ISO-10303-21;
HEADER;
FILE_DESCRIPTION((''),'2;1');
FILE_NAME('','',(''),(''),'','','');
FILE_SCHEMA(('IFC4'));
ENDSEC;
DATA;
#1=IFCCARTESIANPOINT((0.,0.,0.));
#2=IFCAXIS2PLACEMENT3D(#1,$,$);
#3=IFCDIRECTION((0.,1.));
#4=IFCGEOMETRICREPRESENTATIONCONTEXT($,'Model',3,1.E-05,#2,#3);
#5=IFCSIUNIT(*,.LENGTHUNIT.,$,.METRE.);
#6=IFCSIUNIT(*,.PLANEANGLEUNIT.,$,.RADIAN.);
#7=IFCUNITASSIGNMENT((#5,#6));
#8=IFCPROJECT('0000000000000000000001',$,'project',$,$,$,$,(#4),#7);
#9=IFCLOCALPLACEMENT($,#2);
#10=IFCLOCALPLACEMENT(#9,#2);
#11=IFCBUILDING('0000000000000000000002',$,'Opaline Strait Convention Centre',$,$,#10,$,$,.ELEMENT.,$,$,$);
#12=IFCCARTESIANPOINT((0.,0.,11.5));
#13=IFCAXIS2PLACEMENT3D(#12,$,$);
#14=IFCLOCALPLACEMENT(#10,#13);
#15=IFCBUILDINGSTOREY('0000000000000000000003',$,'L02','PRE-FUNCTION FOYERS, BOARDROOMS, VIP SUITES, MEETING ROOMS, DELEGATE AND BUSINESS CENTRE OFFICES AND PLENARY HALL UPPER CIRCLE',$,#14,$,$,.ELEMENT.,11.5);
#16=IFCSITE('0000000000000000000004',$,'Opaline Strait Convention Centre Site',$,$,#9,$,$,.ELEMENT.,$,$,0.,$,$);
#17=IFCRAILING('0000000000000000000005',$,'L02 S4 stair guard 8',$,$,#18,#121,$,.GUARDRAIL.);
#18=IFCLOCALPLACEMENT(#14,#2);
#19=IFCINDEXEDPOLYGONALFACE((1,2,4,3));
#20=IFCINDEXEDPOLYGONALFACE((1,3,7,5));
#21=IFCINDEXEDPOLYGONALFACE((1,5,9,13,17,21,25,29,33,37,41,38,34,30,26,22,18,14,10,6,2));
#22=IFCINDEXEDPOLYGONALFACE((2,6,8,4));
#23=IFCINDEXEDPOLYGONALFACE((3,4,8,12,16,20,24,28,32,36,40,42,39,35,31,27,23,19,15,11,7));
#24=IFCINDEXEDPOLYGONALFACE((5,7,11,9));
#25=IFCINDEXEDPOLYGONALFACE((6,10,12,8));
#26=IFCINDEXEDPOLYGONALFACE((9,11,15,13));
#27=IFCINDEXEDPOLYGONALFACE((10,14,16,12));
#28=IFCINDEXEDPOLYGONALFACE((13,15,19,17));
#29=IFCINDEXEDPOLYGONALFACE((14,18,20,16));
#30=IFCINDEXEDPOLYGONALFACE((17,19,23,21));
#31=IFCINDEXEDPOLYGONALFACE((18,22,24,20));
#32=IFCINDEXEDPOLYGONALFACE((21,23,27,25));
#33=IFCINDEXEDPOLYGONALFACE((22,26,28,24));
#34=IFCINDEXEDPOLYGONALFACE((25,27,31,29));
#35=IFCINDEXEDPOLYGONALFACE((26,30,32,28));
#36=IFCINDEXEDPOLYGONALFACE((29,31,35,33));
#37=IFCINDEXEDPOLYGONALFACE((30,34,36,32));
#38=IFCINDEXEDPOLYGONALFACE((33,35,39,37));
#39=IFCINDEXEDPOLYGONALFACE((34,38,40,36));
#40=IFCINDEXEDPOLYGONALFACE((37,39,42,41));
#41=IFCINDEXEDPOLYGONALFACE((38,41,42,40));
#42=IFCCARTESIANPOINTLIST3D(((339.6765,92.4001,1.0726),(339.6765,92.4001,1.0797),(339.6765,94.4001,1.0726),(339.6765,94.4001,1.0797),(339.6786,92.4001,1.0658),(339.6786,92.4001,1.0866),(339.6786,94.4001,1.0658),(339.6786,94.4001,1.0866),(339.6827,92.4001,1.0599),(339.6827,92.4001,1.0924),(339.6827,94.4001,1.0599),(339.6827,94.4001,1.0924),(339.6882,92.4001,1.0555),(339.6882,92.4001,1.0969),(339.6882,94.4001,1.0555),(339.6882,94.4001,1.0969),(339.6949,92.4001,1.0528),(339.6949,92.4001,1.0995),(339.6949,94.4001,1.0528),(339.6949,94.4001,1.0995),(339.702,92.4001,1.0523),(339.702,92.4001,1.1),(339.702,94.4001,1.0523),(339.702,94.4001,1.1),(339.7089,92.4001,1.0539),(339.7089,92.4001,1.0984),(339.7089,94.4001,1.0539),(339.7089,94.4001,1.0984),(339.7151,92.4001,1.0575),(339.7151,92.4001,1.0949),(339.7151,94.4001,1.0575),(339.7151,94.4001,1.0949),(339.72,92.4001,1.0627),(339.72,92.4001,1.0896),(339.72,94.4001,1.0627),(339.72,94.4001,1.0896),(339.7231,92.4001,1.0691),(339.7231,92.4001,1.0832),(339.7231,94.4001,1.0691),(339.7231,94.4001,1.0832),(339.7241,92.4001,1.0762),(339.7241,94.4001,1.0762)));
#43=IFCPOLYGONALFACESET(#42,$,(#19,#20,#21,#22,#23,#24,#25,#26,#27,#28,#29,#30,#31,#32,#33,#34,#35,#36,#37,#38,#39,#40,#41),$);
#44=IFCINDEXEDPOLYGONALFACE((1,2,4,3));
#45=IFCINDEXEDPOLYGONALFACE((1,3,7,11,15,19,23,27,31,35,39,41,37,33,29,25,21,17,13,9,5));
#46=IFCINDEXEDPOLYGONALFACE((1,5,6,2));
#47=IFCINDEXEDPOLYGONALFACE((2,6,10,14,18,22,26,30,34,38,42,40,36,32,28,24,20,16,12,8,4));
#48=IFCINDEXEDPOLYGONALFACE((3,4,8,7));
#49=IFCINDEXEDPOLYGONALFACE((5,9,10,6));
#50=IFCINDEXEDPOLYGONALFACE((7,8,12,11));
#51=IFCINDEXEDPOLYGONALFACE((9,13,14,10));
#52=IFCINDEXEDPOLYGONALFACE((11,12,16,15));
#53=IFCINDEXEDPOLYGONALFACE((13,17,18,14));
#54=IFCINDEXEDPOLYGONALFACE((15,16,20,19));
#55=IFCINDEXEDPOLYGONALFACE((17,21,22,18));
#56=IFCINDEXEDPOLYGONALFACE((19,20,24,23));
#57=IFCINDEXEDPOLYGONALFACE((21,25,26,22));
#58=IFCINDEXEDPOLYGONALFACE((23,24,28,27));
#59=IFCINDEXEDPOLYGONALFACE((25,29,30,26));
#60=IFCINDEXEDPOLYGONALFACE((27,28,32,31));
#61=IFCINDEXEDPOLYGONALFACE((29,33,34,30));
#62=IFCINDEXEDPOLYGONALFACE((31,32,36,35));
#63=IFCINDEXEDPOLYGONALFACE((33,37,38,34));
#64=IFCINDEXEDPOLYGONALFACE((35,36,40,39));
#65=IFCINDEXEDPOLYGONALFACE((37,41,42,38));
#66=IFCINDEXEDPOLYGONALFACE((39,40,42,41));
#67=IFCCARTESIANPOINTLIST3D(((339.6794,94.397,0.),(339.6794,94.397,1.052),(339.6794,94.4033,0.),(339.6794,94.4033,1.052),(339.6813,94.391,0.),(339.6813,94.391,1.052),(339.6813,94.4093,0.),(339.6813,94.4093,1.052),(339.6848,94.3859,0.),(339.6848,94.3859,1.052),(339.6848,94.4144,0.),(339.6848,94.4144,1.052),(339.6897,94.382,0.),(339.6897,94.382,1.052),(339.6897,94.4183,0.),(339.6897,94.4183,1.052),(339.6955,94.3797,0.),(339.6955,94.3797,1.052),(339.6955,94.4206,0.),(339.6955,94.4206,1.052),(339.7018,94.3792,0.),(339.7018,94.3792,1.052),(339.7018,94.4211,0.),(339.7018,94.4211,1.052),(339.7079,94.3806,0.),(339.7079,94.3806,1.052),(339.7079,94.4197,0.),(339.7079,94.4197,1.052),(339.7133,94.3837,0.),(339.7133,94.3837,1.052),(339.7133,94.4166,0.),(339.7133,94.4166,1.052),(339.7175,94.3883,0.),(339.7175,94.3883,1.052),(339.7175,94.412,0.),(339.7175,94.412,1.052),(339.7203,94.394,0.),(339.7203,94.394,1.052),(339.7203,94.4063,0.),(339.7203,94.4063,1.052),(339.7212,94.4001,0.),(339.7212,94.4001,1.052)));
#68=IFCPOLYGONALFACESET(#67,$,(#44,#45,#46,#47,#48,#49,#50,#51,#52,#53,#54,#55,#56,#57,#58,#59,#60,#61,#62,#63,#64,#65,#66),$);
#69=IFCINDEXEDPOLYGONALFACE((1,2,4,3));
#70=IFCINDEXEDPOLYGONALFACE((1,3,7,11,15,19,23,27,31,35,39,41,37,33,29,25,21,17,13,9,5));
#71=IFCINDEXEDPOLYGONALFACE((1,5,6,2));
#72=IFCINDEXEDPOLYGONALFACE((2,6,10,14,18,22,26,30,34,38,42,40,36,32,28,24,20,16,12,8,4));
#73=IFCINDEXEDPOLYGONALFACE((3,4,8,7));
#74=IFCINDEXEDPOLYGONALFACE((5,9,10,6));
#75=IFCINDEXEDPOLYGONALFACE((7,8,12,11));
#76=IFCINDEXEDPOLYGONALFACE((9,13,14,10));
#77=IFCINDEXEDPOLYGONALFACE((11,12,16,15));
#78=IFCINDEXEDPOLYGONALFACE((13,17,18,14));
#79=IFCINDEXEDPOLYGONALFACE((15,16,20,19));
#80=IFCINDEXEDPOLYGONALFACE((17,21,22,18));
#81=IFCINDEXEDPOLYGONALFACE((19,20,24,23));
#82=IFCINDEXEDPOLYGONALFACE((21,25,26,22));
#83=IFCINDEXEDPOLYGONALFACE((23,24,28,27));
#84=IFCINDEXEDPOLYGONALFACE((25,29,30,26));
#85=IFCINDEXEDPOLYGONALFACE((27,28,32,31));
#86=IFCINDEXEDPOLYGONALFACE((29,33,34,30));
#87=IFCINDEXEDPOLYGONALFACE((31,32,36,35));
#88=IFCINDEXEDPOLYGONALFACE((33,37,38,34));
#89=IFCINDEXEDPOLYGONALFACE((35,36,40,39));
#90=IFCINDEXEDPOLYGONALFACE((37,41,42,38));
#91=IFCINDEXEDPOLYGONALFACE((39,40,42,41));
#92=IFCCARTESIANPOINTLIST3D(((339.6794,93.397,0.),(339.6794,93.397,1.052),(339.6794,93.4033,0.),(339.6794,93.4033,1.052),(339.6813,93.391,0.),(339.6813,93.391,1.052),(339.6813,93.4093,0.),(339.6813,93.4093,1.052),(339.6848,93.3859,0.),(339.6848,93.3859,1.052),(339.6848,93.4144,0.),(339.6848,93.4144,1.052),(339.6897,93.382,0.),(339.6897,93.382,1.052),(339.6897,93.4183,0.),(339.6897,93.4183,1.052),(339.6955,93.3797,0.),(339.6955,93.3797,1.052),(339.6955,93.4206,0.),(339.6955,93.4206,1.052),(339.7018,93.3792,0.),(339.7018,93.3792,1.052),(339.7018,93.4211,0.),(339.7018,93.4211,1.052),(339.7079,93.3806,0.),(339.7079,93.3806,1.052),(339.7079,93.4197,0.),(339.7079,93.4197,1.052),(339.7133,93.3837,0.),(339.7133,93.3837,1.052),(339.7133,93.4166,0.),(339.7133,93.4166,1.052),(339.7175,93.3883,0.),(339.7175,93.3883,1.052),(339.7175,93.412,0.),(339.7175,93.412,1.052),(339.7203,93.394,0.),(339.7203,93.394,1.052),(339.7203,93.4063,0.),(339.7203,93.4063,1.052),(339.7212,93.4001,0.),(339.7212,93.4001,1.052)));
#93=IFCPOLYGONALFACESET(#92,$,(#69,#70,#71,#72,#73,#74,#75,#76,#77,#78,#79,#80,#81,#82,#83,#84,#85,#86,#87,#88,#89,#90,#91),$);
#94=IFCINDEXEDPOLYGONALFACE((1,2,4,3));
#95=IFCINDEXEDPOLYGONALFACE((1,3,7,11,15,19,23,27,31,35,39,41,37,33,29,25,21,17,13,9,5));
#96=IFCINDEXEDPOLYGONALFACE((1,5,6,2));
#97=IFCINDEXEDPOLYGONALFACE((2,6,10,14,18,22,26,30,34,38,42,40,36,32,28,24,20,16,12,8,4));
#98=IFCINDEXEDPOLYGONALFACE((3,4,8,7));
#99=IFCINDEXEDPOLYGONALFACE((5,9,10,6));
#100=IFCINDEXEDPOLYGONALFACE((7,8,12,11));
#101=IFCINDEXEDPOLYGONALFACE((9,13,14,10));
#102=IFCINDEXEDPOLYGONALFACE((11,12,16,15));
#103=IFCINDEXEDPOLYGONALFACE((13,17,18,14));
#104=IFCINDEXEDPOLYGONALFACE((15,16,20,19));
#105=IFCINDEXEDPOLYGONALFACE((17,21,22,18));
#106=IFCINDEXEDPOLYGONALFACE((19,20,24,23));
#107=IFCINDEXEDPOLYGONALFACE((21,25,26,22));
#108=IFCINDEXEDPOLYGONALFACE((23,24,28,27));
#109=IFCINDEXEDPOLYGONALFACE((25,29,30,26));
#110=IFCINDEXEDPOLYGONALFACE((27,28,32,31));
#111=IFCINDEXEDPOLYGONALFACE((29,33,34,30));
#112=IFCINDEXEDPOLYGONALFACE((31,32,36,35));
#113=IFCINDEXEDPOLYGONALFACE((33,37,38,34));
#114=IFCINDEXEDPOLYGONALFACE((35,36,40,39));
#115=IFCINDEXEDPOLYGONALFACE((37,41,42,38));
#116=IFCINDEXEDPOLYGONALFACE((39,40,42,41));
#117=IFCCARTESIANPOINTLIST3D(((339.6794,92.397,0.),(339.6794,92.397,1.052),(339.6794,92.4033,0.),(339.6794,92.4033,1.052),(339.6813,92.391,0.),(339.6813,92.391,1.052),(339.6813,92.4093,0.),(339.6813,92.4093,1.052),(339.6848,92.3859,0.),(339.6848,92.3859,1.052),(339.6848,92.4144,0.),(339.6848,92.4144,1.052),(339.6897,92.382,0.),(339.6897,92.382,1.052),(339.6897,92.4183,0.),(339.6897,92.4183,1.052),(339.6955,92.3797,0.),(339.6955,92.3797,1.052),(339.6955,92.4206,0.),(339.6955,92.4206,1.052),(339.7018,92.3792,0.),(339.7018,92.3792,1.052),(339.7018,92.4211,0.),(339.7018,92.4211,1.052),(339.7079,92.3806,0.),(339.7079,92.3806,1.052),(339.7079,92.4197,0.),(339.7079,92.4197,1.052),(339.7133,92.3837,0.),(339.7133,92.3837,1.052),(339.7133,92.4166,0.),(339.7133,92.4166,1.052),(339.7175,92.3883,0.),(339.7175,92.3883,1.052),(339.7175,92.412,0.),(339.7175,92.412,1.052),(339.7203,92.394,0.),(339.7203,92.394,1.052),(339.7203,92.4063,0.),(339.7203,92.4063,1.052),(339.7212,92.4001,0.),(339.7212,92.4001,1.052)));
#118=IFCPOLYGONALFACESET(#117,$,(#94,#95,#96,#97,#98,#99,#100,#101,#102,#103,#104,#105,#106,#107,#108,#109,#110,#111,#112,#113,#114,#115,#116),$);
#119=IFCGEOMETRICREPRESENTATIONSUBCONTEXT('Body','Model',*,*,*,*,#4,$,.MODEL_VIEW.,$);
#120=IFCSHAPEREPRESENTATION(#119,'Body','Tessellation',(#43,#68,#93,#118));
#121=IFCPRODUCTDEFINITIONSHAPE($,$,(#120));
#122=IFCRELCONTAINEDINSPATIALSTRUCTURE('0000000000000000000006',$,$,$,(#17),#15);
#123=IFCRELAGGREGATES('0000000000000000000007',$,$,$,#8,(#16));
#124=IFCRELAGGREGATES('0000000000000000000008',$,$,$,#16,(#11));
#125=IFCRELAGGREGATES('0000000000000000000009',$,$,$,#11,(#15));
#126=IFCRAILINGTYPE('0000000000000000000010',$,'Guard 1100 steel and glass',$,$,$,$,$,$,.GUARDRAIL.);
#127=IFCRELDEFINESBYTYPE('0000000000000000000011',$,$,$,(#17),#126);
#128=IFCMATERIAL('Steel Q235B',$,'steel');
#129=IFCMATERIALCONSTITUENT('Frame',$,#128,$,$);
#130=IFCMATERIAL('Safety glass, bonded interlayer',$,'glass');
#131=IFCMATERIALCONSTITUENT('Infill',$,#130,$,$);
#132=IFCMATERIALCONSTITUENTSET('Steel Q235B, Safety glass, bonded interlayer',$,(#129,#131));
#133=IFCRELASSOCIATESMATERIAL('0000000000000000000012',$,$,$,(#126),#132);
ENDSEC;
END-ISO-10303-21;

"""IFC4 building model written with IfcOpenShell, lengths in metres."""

from ifc_helpers import new_model, si_unit, direction, frame, origin, origin_2d, place, context, subcontext, project, spatial, circle, extrude, material, constituent, constituent_set, type_object, element, save


model = new_model("IFC4")

# Units and contexts
model_context = context("Model", 3, precision=1e-05, world=origin(), true_north=direction((0.0, 1.0)))
body_context = subcontext(model_context, "Body", "Model", "MODEL_VIEW")
ifc_project = project(units=[si_unit("LENGTHUNIT", "METRE"), si_unit("PLANEANGLEUNIT", "RADIAN")], contexts=[model_context])

# Site, building, storey
site_placement = place(None, origin())
site = spatial("IfcSite", under=ifc_project, at=site_placement, Name="Opaline Strait Convention Centre Site", CompositionType="ELEMENT", RefElevation=0.0)
building_placement = place(site_placement, origin())
building = spatial("IfcBuilding", under=site, at=building_placement, Name="Opaline Strait Convention Centre", CompositionType="ELEMENT")
storey_placement = place(building_placement, frame((0.0, 0.0, 11.5)))
storey = spatial("IfcBuildingStorey", under=building, at=storey_placement, Name="L02", Description="PRE-FUNCTION FOYERS, BOARDROOMS, VIP SUITES, MEETING ROOMS, DELEGATE AND BUSINESS CENTRE OFFICES AND PLENARY HALL UPPER CIRCLE", CompositionType="ELEMENT", Elevation=11.5)

# Shared definitions
ifc_material_1 = material(Name="Steel Q235B", Category="steel")

# Railing
ifc_constituent_1 = constituent(ifc_material_1, Name="Frame")
ifc_material_2 = material(Name="Safety glass, bonded interlayer", Category="glass")
ifc_constituent_2 = constituent(ifc_material_2, Name="Infill")
ifc_constituent_set = constituent_set(constituents=[ifc_constituent_1, ifc_constituent_2], Name="Steel Q235B, Safety glass, bonded interlayer")
railing_type_1 = type_object("IfcRailingType", Name="Guard 1100 steel and glass", PredefinedType="GUARDRAIL", material=ifc_constituent_set)
railing_1_placement = place(storey_placement, frame((339.7002, 94.4001, 0.0)))
element("IfcRailing", 1, at=railing_1_placement, inside=storey, type_object=railing_type_1, Name="L02 S4 stair guard 8", PredefinedType="GUARDRAIL", context=body_context, shape_type="SweptSolid", body=[
    extrude(circle(Radius=0.0239, at=origin_2d()), frame((0.0, 0.0, 1.0762), z_axis=(0.0, -1.0, 0.0), x_axis=(1.0, 0.0, 0.0)), (0.0, 0.0, 1.0), 2.0),
    extrude(circle(Radius=0.021, at=origin_2d()), origin(), (0.0, 0.0, 1.0), 1.052),
    extrude(circle(Radius=0.021, at=origin_2d()), frame((0.0, -1.0, 0.0)), (0.0, 0.0, 1.0), 1.052),
    extrude(circle(Radius=0.021, at=origin_2d()), frame((0.0, -2.0, 0.0)), (0.0, 0.0, 1.0), 1.052),
])

save(model, "model.ifc")
